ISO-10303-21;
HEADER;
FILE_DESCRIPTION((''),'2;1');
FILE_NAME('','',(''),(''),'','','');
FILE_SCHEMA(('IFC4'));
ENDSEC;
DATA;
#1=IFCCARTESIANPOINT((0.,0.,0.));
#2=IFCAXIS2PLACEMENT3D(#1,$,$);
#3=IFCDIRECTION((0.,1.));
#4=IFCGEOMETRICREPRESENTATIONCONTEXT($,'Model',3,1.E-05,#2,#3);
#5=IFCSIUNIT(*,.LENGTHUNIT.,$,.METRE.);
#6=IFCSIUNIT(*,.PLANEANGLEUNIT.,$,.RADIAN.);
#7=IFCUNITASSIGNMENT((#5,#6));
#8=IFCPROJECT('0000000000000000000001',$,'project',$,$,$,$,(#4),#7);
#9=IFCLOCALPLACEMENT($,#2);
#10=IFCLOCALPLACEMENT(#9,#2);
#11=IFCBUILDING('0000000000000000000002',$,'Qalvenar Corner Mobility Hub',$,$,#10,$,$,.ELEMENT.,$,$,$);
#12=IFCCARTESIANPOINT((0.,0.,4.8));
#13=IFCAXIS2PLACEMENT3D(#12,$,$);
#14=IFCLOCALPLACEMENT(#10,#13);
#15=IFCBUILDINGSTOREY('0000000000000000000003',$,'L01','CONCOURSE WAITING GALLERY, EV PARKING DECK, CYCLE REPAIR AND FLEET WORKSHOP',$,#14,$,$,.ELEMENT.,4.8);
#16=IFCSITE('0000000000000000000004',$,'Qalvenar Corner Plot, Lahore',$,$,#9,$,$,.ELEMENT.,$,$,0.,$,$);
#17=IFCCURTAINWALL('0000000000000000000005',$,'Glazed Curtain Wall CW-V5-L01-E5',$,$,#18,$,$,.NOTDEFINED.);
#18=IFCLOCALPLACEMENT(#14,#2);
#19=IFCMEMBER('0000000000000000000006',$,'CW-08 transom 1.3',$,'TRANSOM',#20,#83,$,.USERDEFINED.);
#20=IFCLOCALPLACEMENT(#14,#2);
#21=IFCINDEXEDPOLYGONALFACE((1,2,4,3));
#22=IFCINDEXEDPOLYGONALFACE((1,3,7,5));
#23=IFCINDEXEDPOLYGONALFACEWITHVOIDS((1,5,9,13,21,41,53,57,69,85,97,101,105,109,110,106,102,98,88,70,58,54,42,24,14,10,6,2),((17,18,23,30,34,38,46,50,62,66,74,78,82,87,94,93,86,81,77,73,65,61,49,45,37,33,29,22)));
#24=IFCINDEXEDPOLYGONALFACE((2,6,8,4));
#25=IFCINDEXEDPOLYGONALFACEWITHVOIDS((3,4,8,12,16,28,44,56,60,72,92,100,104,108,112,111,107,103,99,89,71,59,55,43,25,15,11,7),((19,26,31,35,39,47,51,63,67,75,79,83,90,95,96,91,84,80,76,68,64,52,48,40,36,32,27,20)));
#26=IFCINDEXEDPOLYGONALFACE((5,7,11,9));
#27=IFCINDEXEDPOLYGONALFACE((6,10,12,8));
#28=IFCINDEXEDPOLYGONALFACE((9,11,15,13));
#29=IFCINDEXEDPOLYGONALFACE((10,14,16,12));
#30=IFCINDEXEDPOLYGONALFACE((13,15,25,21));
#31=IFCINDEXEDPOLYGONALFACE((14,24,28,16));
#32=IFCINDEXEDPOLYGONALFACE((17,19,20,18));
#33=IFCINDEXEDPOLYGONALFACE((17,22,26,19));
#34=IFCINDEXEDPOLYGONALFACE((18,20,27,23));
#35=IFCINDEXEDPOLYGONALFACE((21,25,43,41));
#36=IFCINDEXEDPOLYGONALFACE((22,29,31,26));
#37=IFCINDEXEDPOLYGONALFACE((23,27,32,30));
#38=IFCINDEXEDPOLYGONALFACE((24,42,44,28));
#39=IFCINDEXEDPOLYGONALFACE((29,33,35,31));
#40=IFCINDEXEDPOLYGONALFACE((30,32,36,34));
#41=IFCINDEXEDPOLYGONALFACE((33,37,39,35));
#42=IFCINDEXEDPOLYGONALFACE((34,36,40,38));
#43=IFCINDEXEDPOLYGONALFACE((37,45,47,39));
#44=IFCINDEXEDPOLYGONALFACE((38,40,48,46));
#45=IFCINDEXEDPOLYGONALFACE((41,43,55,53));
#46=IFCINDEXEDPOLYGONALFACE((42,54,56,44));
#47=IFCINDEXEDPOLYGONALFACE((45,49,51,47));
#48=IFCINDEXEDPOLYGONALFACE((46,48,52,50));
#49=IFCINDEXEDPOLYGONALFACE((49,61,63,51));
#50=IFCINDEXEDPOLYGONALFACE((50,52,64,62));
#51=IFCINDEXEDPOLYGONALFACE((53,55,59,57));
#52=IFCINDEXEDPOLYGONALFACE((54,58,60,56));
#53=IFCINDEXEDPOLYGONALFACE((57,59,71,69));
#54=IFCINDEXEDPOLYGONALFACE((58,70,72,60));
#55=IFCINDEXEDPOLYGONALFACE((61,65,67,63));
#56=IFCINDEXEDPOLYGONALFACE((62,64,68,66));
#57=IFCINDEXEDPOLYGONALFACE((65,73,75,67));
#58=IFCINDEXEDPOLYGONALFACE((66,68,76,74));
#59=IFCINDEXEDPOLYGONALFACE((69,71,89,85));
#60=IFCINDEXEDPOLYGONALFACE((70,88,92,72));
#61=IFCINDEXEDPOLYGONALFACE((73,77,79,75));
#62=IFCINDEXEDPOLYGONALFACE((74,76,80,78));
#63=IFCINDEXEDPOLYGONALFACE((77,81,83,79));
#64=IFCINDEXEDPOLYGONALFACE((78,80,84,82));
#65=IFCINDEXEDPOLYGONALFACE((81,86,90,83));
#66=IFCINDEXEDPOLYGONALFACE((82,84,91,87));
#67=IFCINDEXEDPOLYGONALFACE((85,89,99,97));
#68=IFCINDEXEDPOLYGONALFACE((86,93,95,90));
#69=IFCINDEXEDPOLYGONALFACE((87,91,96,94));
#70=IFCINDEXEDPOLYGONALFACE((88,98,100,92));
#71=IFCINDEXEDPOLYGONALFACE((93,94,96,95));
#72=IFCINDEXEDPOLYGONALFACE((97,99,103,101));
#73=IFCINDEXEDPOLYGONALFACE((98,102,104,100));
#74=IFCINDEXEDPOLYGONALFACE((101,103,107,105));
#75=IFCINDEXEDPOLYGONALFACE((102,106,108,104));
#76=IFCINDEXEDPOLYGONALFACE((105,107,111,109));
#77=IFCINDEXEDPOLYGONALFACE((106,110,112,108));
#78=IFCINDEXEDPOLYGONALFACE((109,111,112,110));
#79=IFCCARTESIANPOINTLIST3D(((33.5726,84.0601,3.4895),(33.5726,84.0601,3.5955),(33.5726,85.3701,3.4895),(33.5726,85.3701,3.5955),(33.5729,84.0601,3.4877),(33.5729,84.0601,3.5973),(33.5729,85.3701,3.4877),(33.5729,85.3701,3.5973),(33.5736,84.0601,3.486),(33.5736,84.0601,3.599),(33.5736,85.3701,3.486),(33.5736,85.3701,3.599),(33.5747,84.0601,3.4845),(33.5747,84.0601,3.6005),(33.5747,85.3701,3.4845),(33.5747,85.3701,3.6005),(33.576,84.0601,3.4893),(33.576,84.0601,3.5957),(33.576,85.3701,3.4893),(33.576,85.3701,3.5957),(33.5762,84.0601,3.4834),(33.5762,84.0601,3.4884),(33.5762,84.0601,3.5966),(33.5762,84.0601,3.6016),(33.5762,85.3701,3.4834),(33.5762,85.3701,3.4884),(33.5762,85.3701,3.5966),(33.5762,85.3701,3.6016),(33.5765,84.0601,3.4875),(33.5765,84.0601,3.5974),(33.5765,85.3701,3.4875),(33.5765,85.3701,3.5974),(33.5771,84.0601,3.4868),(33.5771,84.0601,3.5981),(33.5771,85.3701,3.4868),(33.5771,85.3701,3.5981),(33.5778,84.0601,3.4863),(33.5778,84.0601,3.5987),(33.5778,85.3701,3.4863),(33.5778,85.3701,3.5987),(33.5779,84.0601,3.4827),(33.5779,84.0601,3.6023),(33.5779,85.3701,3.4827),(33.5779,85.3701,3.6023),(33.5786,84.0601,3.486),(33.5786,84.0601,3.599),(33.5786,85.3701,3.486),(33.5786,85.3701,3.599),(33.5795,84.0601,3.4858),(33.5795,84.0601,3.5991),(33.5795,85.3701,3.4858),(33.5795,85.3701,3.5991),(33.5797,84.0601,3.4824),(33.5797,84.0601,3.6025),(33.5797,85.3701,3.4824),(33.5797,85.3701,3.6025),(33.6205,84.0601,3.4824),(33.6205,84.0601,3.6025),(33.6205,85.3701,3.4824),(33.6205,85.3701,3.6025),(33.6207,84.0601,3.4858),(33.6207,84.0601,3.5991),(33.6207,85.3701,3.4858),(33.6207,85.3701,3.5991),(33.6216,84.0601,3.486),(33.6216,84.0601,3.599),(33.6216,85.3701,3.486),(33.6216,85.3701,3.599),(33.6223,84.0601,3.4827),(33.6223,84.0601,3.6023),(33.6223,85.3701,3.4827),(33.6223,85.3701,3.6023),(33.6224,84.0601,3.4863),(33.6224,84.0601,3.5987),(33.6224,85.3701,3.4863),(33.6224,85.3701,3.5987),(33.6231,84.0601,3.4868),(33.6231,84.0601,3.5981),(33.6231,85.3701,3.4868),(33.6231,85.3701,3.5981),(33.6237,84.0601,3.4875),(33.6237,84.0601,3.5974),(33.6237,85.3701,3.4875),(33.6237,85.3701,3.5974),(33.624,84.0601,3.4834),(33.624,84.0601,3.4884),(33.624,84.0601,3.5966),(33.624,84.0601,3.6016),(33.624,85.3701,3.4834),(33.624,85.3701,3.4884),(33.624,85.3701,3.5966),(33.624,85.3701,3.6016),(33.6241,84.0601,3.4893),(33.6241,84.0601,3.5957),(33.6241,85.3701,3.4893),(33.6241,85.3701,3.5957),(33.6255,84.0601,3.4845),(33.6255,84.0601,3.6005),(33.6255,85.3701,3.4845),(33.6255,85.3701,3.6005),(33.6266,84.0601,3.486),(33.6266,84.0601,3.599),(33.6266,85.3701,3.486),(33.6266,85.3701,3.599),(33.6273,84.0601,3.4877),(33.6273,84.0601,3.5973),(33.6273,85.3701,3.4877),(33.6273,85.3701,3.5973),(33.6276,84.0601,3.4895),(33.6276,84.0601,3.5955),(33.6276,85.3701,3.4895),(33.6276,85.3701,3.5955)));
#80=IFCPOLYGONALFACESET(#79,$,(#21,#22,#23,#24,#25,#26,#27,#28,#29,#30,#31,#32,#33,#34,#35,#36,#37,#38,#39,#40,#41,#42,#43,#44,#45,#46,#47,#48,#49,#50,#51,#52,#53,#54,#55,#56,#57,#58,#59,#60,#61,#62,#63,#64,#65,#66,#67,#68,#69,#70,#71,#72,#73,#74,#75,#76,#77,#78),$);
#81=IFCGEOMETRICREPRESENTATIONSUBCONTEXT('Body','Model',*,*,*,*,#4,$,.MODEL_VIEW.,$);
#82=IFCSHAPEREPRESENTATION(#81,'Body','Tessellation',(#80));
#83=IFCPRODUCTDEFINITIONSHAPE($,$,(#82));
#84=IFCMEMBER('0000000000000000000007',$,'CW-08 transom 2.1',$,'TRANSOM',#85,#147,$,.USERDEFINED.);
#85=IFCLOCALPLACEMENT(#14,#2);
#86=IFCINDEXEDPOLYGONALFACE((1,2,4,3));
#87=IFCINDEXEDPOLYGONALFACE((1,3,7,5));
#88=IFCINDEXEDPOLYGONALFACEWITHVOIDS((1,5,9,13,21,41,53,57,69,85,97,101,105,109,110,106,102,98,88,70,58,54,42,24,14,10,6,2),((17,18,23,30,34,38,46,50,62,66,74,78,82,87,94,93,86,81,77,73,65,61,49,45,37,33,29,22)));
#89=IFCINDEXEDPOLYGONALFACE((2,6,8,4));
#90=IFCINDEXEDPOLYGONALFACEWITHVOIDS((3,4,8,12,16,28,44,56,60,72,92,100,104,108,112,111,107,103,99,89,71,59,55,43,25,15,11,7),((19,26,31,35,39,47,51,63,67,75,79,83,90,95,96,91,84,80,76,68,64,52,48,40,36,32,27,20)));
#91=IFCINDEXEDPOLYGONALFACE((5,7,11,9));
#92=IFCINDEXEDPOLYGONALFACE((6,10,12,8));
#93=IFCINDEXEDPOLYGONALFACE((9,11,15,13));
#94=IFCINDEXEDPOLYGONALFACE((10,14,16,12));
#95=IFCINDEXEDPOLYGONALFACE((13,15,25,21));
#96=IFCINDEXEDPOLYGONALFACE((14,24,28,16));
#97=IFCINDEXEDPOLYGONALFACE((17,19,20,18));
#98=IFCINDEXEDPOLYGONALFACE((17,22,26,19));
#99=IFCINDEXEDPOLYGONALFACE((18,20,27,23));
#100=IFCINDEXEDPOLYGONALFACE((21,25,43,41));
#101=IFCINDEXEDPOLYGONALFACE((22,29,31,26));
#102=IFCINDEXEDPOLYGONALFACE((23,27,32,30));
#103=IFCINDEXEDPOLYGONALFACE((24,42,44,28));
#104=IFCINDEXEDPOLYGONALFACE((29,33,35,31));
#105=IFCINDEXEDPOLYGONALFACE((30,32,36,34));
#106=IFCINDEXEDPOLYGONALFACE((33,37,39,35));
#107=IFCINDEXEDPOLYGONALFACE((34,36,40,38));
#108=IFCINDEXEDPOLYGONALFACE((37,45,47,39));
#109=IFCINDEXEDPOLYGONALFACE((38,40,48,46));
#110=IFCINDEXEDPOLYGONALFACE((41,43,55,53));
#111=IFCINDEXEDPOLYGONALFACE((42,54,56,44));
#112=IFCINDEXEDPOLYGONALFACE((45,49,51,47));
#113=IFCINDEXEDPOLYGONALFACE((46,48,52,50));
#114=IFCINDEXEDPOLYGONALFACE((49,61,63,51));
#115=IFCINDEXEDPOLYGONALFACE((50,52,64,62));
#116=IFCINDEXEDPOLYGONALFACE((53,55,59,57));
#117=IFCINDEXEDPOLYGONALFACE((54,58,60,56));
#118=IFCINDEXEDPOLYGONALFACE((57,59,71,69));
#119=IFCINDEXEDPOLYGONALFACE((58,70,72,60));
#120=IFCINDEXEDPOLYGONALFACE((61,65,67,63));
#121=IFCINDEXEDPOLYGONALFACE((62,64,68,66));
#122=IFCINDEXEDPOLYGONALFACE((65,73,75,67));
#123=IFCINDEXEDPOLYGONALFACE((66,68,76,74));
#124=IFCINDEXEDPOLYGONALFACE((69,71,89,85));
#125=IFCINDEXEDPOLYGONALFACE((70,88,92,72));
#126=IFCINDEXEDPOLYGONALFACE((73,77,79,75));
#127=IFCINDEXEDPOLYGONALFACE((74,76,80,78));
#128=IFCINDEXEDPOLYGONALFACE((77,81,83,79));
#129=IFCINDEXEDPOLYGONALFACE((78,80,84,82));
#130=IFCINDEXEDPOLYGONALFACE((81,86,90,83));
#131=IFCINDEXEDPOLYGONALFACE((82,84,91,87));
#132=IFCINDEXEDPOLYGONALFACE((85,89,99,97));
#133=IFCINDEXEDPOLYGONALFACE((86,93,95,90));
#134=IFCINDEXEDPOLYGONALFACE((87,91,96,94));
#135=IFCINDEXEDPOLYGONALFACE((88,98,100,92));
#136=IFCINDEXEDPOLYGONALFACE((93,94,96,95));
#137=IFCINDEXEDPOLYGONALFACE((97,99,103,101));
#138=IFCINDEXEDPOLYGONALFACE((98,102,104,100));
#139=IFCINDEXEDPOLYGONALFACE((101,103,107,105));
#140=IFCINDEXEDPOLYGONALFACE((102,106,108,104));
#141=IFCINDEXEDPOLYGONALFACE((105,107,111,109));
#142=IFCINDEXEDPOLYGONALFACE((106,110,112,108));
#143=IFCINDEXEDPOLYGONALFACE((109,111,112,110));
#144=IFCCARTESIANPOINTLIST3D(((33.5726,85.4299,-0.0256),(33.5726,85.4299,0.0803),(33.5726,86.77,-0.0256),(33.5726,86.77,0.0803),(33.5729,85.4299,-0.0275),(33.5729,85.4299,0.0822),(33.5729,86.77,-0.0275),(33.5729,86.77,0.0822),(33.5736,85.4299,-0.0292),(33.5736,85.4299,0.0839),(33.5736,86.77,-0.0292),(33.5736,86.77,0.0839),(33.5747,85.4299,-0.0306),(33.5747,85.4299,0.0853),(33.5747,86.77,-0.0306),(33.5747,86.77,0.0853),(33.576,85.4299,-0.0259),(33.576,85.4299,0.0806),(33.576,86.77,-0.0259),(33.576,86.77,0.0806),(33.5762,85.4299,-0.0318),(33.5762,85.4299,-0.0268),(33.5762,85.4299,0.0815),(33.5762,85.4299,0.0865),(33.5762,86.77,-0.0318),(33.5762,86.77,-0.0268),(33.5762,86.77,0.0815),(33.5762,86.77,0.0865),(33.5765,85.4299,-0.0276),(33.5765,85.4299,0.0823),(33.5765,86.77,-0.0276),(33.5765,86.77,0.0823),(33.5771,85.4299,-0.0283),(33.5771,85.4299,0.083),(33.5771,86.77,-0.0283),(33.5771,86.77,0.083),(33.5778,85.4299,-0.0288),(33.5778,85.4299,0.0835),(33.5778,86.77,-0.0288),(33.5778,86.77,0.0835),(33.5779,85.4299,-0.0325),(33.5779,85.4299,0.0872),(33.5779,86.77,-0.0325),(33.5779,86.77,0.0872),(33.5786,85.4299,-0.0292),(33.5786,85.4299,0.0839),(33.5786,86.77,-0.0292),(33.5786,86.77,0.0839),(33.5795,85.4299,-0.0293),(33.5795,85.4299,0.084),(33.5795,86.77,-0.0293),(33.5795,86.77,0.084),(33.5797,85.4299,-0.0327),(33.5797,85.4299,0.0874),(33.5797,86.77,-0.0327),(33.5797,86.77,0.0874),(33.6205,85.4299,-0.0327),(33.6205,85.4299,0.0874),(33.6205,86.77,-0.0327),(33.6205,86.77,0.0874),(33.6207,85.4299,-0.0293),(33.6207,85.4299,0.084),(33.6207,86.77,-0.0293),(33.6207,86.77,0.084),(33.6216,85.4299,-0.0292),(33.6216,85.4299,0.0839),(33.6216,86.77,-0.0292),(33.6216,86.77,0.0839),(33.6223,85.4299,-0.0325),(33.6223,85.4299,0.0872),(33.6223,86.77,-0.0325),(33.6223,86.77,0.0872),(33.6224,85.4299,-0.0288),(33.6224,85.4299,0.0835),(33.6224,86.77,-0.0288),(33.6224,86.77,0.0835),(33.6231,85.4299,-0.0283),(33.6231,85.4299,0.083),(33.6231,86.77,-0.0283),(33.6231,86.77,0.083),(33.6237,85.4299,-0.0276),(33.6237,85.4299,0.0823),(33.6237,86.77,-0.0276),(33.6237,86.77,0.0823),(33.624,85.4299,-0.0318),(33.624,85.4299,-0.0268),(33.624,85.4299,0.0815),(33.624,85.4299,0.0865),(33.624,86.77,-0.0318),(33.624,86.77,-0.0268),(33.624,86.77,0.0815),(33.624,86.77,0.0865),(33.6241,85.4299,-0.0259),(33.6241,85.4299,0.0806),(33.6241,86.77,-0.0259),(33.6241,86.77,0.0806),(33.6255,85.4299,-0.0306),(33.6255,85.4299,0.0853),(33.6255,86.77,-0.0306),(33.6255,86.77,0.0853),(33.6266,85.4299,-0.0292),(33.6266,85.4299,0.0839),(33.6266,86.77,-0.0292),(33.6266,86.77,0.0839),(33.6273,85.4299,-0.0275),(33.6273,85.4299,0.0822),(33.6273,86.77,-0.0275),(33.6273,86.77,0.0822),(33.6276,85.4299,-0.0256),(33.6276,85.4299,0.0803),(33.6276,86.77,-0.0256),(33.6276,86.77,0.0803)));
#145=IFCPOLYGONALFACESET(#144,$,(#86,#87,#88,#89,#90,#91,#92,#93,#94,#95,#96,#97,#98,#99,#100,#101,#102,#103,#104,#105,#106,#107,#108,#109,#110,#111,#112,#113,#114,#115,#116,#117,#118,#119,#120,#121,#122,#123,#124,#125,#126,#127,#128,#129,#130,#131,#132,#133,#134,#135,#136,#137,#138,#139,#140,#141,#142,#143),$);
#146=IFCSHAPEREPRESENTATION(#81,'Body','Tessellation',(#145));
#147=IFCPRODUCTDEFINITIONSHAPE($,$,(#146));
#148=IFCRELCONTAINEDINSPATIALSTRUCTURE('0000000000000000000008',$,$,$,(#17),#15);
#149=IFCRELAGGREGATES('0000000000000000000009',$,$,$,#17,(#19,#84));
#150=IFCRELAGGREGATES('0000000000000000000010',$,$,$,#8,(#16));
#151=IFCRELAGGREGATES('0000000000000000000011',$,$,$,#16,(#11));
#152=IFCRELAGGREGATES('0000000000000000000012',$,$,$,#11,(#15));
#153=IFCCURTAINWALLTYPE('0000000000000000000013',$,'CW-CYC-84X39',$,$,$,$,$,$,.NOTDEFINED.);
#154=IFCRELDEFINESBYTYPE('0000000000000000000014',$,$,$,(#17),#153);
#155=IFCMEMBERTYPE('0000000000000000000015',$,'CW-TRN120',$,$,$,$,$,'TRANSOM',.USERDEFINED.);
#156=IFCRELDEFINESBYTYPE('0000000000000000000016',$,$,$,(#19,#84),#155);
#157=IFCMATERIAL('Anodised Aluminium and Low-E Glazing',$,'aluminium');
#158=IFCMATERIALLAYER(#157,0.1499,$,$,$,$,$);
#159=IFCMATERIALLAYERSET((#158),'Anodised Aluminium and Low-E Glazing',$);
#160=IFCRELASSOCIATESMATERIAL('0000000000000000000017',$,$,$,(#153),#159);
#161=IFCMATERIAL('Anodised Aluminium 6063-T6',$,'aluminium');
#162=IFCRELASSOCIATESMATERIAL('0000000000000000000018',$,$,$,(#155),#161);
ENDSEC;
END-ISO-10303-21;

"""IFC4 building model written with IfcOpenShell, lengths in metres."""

from ifc_helpers import new_model, si_unit, direction, frame, origin, origin_2d, place, context, subcontext, project, spatial, hollow_rectangle, extrude, material, layer, layer_set, material_profile, profile_set, type_object, element, aggregate, save


model = new_model("IFC4")

# Units and contexts
model_context = context("Model", 3, precision=1e-05, world=origin(), true_north=direction((0.0, 1.0)))
body_context = subcontext(model_context, "Body", "Model", "MODEL_VIEW")
ifc_project = project(units=[si_unit("LENGTHUNIT", "METRE"), si_unit("PLANEANGLEUNIT", "RADIAN")], contexts=[model_context])

# Site, building, storey
site_placement = place(None, origin())
site = spatial("IfcSite", under=ifc_project, at=site_placement, Name="Qalvenar Corner Plot, Lahore", CompositionType="ELEMENT", RefElevation=0.0)
building_placement = place(site_placement, origin())
building = spatial("IfcBuilding", under=site, at=building_placement, Name="Qalvenar Corner Mobility Hub", CompositionType="ELEMENT")
storey_placement = place(building_placement, frame((0.0, 0.0, 4.8)))
storey = spatial("IfcBuildingStorey", under=building, at=storey_placement, Name="L01", Description="CONCOURSE WAITING GALLERY, EV PARKING DECK, CYCLE REPAIR AND FLEET WORKSHOP", CompositionType="ELEMENT", Elevation=4.8)

# Curtain wall, members
ifc_material_1 = material(Name="Anodised Aluminium and Low-E Glazing", Category="aluminium")
ifc_layer_1 = layer(ifc_material_1, 0.1499)
ifc_layer_set_1 = layer_set([ifc_layer_1], Name="Anodised Aluminium and Low-E Glazing")
curtain_wall_type = type_object("IfcCurtainWallType", Name="CW-CYC-84X39", PredefinedType="NOTDEFINED", material=ifc_layer_set_1)
curtain_wall_placement = place(storey_placement, origin())
curtain_wall = element("IfcCurtainWall", 1, at=curtain_wall_placement, inside=storey, type_object=curtain_wall_type, Name="Glazed Curtain Wall CW-V5-L01-E5", PredefinedType="NOTDEFINED")
ifc_material_2 = material(Name="Anodised Aluminium 6063-T6", Category="aluminium")
ifc_material_profile_1 = material_profile(ifc_material_2, hollow_rectangle(XDim=0.0549, YDim=0.1201, WallThickness=0.0034, InnerFilletRadius=0.0034, OuterFilletRadius=0.0071, at=origin_2d()), Name="RHS120x55x3.5")
ifc_profile_set_1 = profile_set([ifc_material_profile_1], Name="Anodised Aluminium 6063-T6")
member_type_1 = type_object("IfcMemberType", Name="CW-TRN120", ElementType="TRANSOM", PredefinedType="USERDEFINED", material=ifc_profile_set_1)
member_1_placement = place(storey_placement, frame((33.6001, 84.0601, 3.5425), z_axis=(0.0, 1.0, 0.0), x_axis=(-1.0, 0.0, 0.0)))
member_1 = element("IfcMember", 2, at=member_1_placement, type_object=member_type_1, Name="CW-08 transom 1.3", ObjectType="TRANSOM", PredefinedType="USERDEFINED", context=body_context, shape_type="SweptSolid", body=[
    extrude(hollow_rectangle(XDim=0.0549, YDim=0.1201, WallThickness=0.0034, InnerFilletRadius=0.0034, OuterFilletRadius=0.0071, at=origin_2d()), origin(), (0.0, 0.0, 1.0), 1.3101),
])
member_2_placement = place(storey_placement, frame((33.6001, 85.4299, 0.0273), z_axis=(0.0, 1.0, 0.0), x_axis=(-1.0, 0.0, 0.0)))
member_2 = element("IfcMember", 3, at=member_2_placement, type_object=member_type_1, Name="CW-08 transom 2.1", ObjectType="TRANSOM", PredefinedType="USERDEFINED", context=body_context, shape_type="SweptSolid", body=[
    extrude(hollow_rectangle(XDim=0.0549, YDim=0.1201, WallThickness=0.0034, InnerFilletRadius=0.0034, OuterFilletRadius=0.0071, at=origin_2d()), origin(), (0.0, 0.0, 1.0), 1.3401),
])
aggregate(curtain_wall, [member_1, member_2])

save(model, "model.ifc")
